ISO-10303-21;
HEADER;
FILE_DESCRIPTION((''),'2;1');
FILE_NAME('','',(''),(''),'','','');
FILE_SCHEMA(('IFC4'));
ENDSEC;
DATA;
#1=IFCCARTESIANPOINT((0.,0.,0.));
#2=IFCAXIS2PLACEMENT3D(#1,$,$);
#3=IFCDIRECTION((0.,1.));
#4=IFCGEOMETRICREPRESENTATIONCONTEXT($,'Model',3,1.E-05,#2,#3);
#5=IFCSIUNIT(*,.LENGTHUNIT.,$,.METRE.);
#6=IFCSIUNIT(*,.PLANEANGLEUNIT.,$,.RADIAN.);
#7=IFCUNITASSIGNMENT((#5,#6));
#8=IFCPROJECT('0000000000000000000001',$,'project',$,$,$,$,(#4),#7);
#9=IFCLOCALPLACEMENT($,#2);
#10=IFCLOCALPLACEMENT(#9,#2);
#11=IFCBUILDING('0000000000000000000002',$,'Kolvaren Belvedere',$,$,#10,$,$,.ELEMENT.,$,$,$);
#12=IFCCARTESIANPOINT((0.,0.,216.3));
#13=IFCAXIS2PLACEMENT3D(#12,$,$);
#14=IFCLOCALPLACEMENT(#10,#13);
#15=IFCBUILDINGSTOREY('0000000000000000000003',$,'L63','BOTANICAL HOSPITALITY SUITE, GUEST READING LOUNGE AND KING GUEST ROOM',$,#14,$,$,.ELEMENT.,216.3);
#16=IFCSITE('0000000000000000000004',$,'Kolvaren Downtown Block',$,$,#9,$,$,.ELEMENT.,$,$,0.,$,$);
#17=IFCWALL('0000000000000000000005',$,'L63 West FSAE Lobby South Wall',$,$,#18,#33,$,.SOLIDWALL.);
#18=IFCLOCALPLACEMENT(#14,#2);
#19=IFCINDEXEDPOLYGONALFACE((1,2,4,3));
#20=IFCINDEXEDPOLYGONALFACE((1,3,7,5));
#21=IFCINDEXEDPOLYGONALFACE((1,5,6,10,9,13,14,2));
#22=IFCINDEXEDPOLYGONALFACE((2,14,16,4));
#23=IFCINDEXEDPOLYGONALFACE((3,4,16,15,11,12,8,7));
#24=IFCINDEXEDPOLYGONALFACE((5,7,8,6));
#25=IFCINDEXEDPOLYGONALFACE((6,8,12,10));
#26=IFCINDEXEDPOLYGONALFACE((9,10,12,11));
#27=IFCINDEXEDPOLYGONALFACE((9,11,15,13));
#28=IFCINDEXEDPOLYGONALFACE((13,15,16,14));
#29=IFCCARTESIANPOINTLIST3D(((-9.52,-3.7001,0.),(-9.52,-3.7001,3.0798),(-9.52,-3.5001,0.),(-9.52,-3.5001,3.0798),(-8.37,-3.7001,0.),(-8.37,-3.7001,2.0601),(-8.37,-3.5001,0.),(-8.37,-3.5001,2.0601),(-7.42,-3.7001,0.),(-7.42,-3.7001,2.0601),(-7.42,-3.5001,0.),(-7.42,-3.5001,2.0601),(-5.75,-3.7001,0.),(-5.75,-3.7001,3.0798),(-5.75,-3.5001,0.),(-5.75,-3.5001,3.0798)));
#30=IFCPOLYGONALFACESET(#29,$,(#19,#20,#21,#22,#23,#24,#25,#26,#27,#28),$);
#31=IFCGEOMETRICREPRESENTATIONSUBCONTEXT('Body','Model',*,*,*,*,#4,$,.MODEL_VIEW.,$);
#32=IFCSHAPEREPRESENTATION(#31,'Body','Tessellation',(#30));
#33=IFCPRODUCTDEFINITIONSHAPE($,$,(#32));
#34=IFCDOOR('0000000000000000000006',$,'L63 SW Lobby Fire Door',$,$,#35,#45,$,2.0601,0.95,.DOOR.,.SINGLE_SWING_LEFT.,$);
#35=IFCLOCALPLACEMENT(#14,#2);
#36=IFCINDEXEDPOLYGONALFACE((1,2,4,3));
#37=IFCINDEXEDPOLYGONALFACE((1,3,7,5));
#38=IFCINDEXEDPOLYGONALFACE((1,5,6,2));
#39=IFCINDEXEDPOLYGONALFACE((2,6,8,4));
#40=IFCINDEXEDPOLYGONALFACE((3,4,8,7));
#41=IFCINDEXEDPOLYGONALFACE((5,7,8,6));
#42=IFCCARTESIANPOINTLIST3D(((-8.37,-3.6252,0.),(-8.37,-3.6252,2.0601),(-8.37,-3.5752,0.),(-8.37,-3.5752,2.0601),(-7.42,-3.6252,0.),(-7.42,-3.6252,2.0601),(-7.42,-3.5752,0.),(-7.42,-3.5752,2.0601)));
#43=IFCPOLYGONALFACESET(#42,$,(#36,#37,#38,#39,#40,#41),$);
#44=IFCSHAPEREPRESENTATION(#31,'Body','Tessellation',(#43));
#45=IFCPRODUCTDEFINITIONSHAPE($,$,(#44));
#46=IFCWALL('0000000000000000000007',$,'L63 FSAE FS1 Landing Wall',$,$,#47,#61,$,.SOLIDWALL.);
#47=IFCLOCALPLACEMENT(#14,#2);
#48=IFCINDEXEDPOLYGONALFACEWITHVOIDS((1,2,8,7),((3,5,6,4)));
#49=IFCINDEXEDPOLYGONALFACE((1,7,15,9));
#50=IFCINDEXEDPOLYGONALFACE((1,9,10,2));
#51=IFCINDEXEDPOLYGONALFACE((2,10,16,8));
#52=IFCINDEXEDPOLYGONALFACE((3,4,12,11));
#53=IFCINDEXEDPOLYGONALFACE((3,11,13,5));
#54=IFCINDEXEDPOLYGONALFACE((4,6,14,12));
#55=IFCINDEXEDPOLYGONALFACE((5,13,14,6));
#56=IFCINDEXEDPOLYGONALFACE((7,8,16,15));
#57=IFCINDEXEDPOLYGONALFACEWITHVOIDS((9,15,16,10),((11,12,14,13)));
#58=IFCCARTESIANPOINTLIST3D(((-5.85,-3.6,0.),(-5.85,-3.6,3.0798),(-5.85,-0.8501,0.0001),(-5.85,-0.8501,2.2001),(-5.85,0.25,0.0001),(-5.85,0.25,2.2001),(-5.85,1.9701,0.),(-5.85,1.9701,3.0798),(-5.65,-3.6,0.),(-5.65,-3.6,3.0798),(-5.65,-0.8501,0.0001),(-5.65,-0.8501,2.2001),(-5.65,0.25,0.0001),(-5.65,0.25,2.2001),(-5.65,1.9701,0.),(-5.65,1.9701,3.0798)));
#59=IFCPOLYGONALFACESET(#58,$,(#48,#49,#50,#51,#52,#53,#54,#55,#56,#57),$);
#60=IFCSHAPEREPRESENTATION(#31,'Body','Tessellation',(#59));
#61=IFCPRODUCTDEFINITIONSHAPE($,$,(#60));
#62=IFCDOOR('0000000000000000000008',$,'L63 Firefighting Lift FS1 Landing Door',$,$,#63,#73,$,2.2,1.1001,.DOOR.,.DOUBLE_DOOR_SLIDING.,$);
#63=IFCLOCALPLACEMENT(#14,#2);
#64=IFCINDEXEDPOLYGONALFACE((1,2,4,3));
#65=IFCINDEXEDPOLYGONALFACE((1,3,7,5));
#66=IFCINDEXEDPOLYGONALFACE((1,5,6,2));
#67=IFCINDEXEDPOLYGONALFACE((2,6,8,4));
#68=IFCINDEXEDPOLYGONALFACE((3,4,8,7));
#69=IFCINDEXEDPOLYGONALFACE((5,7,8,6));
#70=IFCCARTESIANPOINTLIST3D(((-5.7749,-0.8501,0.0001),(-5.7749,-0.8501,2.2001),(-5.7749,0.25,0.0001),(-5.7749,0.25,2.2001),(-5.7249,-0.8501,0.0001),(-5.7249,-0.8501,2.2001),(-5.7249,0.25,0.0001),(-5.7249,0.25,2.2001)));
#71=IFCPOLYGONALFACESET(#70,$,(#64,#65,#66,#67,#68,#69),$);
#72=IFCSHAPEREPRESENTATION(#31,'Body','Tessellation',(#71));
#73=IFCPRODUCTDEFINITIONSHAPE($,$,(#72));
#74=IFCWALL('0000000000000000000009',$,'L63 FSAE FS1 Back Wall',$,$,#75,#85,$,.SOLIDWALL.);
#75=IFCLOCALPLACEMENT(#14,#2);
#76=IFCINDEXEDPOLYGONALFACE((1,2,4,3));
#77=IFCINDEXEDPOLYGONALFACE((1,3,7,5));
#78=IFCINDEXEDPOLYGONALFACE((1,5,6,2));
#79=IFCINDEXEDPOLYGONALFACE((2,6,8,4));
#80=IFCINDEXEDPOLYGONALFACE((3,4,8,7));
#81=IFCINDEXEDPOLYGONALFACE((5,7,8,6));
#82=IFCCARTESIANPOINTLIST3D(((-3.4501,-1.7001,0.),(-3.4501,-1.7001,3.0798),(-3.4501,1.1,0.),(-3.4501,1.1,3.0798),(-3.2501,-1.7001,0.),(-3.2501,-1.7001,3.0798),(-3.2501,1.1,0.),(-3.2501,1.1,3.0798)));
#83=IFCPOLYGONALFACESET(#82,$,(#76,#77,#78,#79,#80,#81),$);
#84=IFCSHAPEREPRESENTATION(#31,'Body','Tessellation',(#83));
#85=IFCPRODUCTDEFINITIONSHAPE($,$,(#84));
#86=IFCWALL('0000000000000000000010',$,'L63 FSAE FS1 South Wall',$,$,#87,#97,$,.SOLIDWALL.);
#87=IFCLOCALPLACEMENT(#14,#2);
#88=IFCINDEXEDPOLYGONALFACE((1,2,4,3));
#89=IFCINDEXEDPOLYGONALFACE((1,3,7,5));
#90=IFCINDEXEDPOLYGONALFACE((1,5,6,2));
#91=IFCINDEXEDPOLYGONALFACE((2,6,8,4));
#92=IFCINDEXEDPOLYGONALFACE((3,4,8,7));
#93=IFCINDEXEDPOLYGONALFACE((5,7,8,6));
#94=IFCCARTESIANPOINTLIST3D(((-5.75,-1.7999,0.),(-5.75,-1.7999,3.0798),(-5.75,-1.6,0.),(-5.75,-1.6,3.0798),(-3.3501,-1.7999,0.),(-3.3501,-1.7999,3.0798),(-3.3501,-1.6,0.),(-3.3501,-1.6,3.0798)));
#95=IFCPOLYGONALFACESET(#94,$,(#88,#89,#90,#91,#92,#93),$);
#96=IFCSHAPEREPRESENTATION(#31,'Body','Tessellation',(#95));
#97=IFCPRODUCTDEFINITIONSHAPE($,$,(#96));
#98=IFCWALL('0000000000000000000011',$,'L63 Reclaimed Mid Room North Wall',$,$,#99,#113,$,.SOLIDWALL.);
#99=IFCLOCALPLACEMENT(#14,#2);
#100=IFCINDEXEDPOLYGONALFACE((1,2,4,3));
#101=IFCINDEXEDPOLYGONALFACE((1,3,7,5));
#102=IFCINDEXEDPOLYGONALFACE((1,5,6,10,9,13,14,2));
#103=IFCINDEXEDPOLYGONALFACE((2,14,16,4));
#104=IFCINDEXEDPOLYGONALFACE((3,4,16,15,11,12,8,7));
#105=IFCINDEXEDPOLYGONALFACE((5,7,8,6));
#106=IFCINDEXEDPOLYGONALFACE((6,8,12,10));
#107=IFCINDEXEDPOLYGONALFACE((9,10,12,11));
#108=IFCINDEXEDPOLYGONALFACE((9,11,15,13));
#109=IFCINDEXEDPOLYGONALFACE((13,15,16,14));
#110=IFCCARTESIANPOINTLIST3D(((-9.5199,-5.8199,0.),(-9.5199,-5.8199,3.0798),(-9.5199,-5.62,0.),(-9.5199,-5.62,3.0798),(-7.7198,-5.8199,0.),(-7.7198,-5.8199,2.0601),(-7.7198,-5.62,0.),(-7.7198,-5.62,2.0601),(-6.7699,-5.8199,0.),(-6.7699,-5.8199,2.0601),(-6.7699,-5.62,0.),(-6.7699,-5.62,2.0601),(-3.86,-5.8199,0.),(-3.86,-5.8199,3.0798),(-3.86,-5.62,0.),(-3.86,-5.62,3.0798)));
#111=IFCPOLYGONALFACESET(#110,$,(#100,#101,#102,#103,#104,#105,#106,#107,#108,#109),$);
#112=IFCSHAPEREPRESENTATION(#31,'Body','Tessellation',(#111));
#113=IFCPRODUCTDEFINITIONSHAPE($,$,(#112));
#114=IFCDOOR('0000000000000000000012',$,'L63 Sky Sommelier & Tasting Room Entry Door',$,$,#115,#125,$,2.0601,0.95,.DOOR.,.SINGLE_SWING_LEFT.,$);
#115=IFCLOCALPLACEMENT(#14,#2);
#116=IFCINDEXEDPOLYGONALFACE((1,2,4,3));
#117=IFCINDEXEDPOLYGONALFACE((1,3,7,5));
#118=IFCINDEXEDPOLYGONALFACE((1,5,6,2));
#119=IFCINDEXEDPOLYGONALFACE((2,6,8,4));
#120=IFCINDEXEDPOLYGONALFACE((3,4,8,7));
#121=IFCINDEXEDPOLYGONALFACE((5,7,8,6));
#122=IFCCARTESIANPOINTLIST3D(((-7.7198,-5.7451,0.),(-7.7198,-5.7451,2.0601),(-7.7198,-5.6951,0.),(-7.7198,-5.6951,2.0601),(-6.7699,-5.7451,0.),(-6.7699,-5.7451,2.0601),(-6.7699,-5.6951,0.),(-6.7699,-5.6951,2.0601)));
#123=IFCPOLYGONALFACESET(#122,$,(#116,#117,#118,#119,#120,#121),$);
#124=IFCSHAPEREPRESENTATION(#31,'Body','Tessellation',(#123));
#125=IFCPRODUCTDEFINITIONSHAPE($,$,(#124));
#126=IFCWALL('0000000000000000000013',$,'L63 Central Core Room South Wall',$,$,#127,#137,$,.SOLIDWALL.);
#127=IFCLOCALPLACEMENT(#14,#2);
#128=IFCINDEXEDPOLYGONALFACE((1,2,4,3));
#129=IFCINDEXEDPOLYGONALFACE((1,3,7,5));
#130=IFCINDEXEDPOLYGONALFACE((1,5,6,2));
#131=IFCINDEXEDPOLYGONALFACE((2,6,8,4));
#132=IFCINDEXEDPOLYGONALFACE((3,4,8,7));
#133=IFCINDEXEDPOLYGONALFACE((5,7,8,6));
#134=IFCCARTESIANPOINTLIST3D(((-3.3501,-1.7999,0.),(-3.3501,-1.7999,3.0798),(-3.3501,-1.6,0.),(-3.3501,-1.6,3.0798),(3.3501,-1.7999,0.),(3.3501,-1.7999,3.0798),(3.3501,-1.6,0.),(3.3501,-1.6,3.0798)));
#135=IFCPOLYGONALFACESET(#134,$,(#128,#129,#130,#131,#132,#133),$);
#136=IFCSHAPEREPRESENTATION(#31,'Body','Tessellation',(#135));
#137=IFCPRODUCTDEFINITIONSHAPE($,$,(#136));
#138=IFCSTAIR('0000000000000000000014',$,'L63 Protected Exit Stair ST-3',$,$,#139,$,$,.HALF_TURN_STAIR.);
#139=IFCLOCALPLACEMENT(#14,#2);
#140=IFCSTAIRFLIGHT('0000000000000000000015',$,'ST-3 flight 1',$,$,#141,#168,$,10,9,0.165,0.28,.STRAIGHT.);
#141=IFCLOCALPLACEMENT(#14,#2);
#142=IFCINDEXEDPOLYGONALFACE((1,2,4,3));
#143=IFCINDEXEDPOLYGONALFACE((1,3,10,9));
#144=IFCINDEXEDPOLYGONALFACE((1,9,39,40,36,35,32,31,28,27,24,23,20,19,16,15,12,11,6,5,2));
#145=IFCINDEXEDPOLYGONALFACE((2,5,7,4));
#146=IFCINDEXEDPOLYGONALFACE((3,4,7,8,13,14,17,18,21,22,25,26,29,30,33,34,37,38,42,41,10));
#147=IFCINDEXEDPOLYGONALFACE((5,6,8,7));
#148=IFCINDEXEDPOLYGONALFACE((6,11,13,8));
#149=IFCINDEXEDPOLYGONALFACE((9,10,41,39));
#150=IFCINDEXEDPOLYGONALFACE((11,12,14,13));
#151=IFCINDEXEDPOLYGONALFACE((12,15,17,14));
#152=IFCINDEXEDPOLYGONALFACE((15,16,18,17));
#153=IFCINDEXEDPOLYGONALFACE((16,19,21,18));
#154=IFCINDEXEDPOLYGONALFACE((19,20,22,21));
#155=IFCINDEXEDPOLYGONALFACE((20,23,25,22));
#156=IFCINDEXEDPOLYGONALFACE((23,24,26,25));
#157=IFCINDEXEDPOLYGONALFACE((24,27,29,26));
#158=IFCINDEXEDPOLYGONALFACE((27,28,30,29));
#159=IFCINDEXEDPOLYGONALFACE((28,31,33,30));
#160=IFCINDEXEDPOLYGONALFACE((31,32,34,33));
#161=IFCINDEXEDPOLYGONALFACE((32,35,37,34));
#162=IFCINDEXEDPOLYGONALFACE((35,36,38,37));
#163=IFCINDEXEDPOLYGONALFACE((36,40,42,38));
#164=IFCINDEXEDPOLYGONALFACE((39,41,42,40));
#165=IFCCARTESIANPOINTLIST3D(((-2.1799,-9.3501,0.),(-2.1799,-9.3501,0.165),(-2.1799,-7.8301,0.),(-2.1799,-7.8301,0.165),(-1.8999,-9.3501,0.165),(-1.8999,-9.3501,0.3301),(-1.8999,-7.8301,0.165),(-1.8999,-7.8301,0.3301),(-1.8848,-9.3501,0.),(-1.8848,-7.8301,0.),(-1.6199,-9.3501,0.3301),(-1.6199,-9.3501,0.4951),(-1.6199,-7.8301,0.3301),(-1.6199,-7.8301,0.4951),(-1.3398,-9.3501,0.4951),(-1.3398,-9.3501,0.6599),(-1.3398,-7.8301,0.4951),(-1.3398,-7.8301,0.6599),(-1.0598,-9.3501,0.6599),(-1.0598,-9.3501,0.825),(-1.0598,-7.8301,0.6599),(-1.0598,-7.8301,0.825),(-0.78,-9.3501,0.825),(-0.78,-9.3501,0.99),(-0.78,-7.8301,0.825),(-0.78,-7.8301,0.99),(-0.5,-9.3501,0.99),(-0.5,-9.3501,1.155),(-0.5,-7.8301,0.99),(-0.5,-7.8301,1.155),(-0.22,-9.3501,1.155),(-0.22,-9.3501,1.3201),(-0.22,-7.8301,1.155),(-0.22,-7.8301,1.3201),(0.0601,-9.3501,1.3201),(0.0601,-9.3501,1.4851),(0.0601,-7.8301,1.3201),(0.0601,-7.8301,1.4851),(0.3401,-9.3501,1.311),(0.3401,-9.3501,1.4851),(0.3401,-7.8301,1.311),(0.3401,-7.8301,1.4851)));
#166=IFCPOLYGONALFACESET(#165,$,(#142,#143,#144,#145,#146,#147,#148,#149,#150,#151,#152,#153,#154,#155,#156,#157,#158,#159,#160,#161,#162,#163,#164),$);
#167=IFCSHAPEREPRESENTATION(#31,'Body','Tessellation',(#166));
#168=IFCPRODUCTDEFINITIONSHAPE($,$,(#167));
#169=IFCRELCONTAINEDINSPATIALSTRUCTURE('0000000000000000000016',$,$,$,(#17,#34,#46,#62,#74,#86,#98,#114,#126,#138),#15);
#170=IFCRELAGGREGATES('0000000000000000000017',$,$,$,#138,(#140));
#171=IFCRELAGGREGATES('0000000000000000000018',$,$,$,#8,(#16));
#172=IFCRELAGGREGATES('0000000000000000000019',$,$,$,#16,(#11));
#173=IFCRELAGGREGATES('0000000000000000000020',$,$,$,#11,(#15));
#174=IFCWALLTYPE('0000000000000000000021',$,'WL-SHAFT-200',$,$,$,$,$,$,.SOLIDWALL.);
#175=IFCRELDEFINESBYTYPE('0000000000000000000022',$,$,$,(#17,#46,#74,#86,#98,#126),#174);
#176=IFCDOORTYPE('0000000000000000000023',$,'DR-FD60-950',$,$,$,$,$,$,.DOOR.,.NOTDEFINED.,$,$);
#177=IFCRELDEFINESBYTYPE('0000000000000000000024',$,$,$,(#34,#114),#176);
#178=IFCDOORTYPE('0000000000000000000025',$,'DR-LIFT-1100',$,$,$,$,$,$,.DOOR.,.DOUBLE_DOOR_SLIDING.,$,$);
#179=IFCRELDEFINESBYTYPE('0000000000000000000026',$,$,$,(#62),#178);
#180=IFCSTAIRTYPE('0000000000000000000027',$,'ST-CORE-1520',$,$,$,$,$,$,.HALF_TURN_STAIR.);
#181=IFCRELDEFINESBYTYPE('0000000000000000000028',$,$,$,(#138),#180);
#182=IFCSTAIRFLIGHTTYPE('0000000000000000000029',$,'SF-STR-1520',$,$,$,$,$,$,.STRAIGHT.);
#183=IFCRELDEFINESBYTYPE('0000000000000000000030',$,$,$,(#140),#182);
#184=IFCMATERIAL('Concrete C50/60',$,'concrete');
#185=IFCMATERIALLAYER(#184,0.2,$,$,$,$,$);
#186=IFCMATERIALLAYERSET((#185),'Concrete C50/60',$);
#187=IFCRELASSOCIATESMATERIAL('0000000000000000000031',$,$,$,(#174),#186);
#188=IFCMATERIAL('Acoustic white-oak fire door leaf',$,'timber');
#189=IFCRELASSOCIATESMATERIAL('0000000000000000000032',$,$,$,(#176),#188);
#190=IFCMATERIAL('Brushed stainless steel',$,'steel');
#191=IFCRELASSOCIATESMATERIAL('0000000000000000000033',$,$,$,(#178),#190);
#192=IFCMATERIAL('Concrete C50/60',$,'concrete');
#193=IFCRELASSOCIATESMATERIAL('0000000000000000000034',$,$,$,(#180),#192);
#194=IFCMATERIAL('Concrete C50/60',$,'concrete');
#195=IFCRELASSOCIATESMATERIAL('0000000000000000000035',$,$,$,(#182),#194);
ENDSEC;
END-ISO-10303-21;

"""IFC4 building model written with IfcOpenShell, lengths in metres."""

from ifc_helpers import new_model, si_unit, direction, frame, frame_2d, origin, place, context, subcontext, project, spatial, polyline, rectangle, outline, extrude, material, layer, layer_set, type_object, element, fill, aggregate, save


model = new_model("IFC4")

# Units and contexts
model_context = context("Model", 3, precision=1e-05, world=origin(), true_north=direction((0.0, 1.0)))
body_context = subcontext(model_context, "Body", "Model", "MODEL_VIEW")
ifc_project = project(units=[si_unit("LENGTHUNIT", "METRE"), si_unit("PLANEANGLEUNIT", "RADIAN")], contexts=[model_context])

# Site, building, storey
site_placement = place(None, origin())
site = spatial("IfcSite", under=ifc_project, at=site_placement, Name="Kolvaren Downtown Block", CompositionType="ELEMENT", RefElevation=0.0)
building_placement = place(site_placement, origin())
building = spatial("IfcBuilding", under=site, at=building_placement, Name="Kolvaren Belvedere", CompositionType="ELEMENT")
storey_placement = place(building_placement, frame((0.0, 0.0, 216.3)))
storey = spatial("IfcBuildingStorey", under=building, at=storey_placement, Name="L63", Description="BOTANICAL HOSPITALITY SUITE, GUEST READING LOUNGE AND KING GUEST ROOM", CompositionType="ELEMENT", Elevation=216.3)

# Walls, openings, doors
ifc_material_1 = material(Name="Concrete C50/60", Category="concrete")
ifc_layer_1 = layer(ifc_material_1, 0.2)
ifc_layer_set_1 = layer_set([ifc_layer_1], Name="Concrete C50/60")
wall_type_1 = type_object("IfcWallType", Name="WL-SHAFT-200", PredefinedType="SOLIDWALL", material=ifc_layer_set_1)
wall_1_placement = place(storey_placement, frame((-9.52, -3.6001, 0.0), z_axis=(0.0, 0.0, 1.0), x_axis=(1.0, 0.0, 0.0)))
wall_1 = element("IfcWall", 1, at=wall_1_placement, inside=storey, type_object=wall_type_1, Name="L63 West FSAE Lobby South Wall", PredefinedType="SOLIDWALL", context=body_context, shape_type="SweptSolid", body=[
    extrude(rectangle(XDim=3.77, YDim=0.2, at=frame_2d((1.885, 0.0))), origin(), (0.0, 0.0, 1.0), 3.0798),
])
opening_1_placement = place(wall_1_placement, frame((1.1499, 0.0, 0.0)))
opening_1 = element("IfcOpeningElement", 2, at=opening_1_placement, cuts=wall_1, PredefinedType="OPENING", context=body_context, shape_type="SweptSolid", body=[
    extrude(rectangle(XDim=0.95, YDim=2.0601, at=frame_2d((0.4751, 1.03))), frame((0.0, 0.1099, 0.0), z_axis=(0.0, -1.0, 0.0), x_axis=(1.0, 0.0, 0.0)), (0.0, 0.0, 1.0), 0.22),
])
ifc_material_2 = material(Name="Acoustic white-oak fire door leaf", Category="timber")
door_type_1 = type_object("IfcDoorType", Name="DR-FD60-950", OperationType="NOTDEFINED", PredefinedType="DOOR", material=ifc_material_2)
door_1_placement = place(opening_1_placement, origin())
door_1 = element("IfcDoor", 3, at=door_1_placement, inside=storey, type_object=door_type_1, Name="L63 SW Lobby Fire Door", OperationType="SINGLE_SWING_LEFT", OverallHeight=2.0601, OverallWidth=0.95, PredefinedType="DOOR", context=body_context, shape_type="SweptSolid", body=[
    extrude(rectangle(XDim=0.95, YDim=2.0601, at=frame_2d((0.4751, 1.03))), frame((0.0, 0.0249, 0.0), z_axis=(0.0, -1.0, 0.0), x_axis=(1.0, 0.0, 0.0)), (0.0, 0.0, 1.0), 0.05),
])
fill(opening_1, door_1)
wall_2_placement = place(storey_placement, frame((-5.75, -3.6001, 0.0), z_axis=(0.0, 0.0, 1.0), x_axis=(0.0, 1.0, 0.0)))
wall_2 = element("IfcWall", 4, at=wall_2_placement, inside=storey, type_object=wall_type_1, Name="L63 FSAE FS1 Landing Wall", PredefinedType="SOLIDWALL", context=body_context, shape_type="SweptSolid", body=[
    extrude(rectangle(XDim=5.5701, YDim=0.2, at=frame_2d((2.7852, 0.0))), origin(), (0.0, 0.0, 1.0), 3.0798),
])
opening_2_placement = place(wall_2_placement, frame((2.75, 0.0, 0.0)))
opening_2 = element("IfcOpeningElement", 5, at=opening_2_placement, cuts=wall_2, PredefinedType="OPENING", context=body_context, shape_type="SweptSolid", body=[
    extrude(rectangle(XDim=1.1001, YDim=2.2, at=frame_2d((0.55, 1.1001))), frame((0.0, 0.1099, 0.0), z_axis=(0.0, -1.0, 0.0), x_axis=(1.0, 0.0, 0.0)), (0.0, 0.0, 1.0), 0.22),
])
ifc_material_3 = material(Name="Brushed stainless steel", Category="steel")
door_type_2 = type_object("IfcDoorType", Name="DR-LIFT-1100", OperationType="DOUBLE_DOOR_SLIDING", PredefinedType="DOOR", material=ifc_material_3)
door_2_placement = place(opening_2_placement, origin())
door_2 = element("IfcDoor", 6, at=door_2_placement, inside=storey, type_object=door_type_2, Name="L63 Firefighting Lift FS1 Landing Door", OperationType="DOUBLE_DOOR_SLIDING", OverallHeight=2.2, OverallWidth=1.1001, PredefinedType="DOOR", context=body_context, shape_type="SweptSolid", body=[
    extrude(rectangle(XDim=1.1001, YDim=2.2, at=frame_2d((0.55, 1.1001))), frame((0.0, 0.0249, 0.0), z_axis=(0.0, -1.0, 0.0), x_axis=(1.0, 0.0, 0.0)), (0.0, 0.0, 1.0), 0.05),
])
fill(opening_2, door_2)

# Walls
wall_3_placement = place(storey_placement, frame((-3.3501, -1.7, 0.0), z_axis=(0.0, 0.0, 1.0), x_axis=(0.0, 1.0, 0.0)))
element("IfcWall", 7, at=wall_3_placement, inside=storey, type_object=wall_type_1, Name="L63 FSAE FS1 Back Wall", PredefinedType="SOLIDWALL", context=body_context, shape_type="SweptSolid", body=[
    extrude(rectangle(XDim=2.8, YDim=0.2, at=frame_2d((1.3999, 0.0))), origin(), (0.0, 0.0, 1.0), 3.0798),
])
wall_4_placement = place(storey_placement, frame((-5.75, -1.7, 0.0), z_axis=(0.0, 0.0, 1.0), x_axis=(1.0, 0.0, 0.0)))
element("IfcWall", 8, at=wall_4_placement, inside=storey, type_object=wall_type_1, Name="L63 FSAE FS1 South Wall", PredefinedType="SOLIDWALL", context=body_context, shape_type="SweptSolid", body=[
    extrude(rectangle(XDim=2.3999, YDim=0.2, at=frame_2d((1.2, 0.0))), origin(), (0.0, 0.0, 1.0), 3.0798),
])

# Wall, opening, door
wall_5_placement = place(storey_placement, frame((-9.52, -5.72, 0.0), z_axis=(0.0, 0.0, 1.0), x_axis=(1.0, 0.0, 0.0)))
wall_5 = element("IfcWall", 9, at=wall_5_placement, inside=storey, type_object=wall_type_1, Name="L63 Reclaimed Mid Room North Wall", PredefinedType="SOLIDWALL", context=body_context, shape_type="SweptSolid", body=[
    extrude(rectangle(XDim=5.6599, YDim=0.2, at=frame_2d((2.8301, 0.0))), origin(), (0.0, 0.0, 1.0), 3.0798),
])
opening_3_placement = place(wall_5_placement, frame((1.8, 0.0, 0.0)))
opening_3 = element("IfcOpeningElement", 10, at=opening_3_placement, cuts=wall_5, PredefinedType="OPENING", context=body_context, shape_type="SweptSolid", body=[
    extrude(rectangle(XDim=0.95, YDim=2.0601, at=frame_2d((0.4751, 1.03))), frame((0.0, 0.1099, 0.0), z_axis=(0.0, -1.0, 0.0), x_axis=(1.0, 0.0, 0.0)), (0.0, 0.0, 1.0), 0.22),
])
door_3_placement = place(opening_3_placement, origin())
door_3 = element("IfcDoor", 11, at=door_3_placement, inside=storey, type_object=door_type_1, Name="L63 Sky Sommelier & Tasting Room Entry Door", OperationType="SINGLE_SWING_LEFT", OverallHeight=2.0601, OverallWidth=0.95, PredefinedType="DOOR", context=body_context, shape_type="SweptSolid", body=[
    extrude(rectangle(XDim=0.95, YDim=2.0601, at=frame_2d((0.4751, 1.03))), frame((0.0, 0.0249, 0.0), z_axis=(0.0, -1.0, 0.0), x_axis=(1.0, 0.0, 0.0)), (0.0, 0.0, 1.0), 0.05),
])
fill(opening_3, door_3)

# Wall
wall_6_placement = place(storey_placement, frame((-3.3501, -1.7, 0.0), z_axis=(0.0, 0.0, 1.0), x_axis=(1.0, 0.0, 0.0)))
element("IfcWall", 12, at=wall_6_placement, inside=storey, type_object=wall_type_1, Name="L63 Central Core Room South Wall", PredefinedType="SOLIDWALL", context=body_context, shape_type="SweptSolid", body=[
    extrude(rectangle(XDim=6.7002, YDim=0.2, at=frame_2d((3.3501, 0.0))), origin(), (0.0, 0.0, 1.0), 3.0798),
])

# Stair, stair flight
ifc_material_4 = material(Name="Concrete C50/60", Category="concrete")
stair_type = type_object("IfcStairType", Name="ST-CORE-1520", PredefinedType="HALF_TURN_STAIR", material=ifc_material_4)
stair_placement = place(storey_placement, origin())
stair = element("IfcStair", 13, at=stair_placement, inside=storey, type_object=stair_type, Name="L63 Protected Exit Stair ST-3", PredefinedType="HALF_TURN_STAIR")
ifc_material_5 = material(Name="Concrete C50/60", Category="concrete")
stair_flight_type = type_object("IfcStairFlightType", Name="SF-STR-1520", PredefinedType="STRAIGHT", material=ifc_material_5)
stair_flight_placement = place(storey_placement, frame((-2.1799, -8.5901, 0.0), z_axis=(0.0, 0.0, 1.0), x_axis=(1.0, 0.0, 0.0)))
stair_flight = element("IfcStairFlight", 14, at=stair_flight_placement, type_object=stair_flight_type, Name="ST-3 flight 1", NumberOfRisers=10, NumberOfTreads=9, PredefinedType="STRAIGHT", RiserHeight=0.165, TreadLength=0.28, context=body_context, shape_type="SweptSolid", body=[
    extrude(outline(polyline([(0.0, 0.0), (0.0, 0.165), (0.28, 0.165), (0.28, 0.3301), (0.5601, 0.3301), (0.5601, 0.4951), (0.8401, 0.4951), (0.8401, 0.6599), (1.1201, 0.6599), (1.1201, 0.825), (1.3999, 0.825), (1.3999, 0.99), (1.6799, 0.99), (1.6799, 1.155), (1.96, 1.155), (1.96, 1.3201), (2.24, 1.3201), (2.24, 1.4851), (2.52, 1.4851), (2.52, 1.6499), (2.52, 1.311), (0.2952, 0.0), (0.0, 0.0)])), frame((0.0, 0.76, 0.0), z_axis=(0.0, -1.0, 0.0), x_axis=(1.0, 0.0, 0.0)), (0.0, 0.0, 1.0), 1.52),
])
aggregate(stair, [stair_flight])

save(model, "model.ifc")
